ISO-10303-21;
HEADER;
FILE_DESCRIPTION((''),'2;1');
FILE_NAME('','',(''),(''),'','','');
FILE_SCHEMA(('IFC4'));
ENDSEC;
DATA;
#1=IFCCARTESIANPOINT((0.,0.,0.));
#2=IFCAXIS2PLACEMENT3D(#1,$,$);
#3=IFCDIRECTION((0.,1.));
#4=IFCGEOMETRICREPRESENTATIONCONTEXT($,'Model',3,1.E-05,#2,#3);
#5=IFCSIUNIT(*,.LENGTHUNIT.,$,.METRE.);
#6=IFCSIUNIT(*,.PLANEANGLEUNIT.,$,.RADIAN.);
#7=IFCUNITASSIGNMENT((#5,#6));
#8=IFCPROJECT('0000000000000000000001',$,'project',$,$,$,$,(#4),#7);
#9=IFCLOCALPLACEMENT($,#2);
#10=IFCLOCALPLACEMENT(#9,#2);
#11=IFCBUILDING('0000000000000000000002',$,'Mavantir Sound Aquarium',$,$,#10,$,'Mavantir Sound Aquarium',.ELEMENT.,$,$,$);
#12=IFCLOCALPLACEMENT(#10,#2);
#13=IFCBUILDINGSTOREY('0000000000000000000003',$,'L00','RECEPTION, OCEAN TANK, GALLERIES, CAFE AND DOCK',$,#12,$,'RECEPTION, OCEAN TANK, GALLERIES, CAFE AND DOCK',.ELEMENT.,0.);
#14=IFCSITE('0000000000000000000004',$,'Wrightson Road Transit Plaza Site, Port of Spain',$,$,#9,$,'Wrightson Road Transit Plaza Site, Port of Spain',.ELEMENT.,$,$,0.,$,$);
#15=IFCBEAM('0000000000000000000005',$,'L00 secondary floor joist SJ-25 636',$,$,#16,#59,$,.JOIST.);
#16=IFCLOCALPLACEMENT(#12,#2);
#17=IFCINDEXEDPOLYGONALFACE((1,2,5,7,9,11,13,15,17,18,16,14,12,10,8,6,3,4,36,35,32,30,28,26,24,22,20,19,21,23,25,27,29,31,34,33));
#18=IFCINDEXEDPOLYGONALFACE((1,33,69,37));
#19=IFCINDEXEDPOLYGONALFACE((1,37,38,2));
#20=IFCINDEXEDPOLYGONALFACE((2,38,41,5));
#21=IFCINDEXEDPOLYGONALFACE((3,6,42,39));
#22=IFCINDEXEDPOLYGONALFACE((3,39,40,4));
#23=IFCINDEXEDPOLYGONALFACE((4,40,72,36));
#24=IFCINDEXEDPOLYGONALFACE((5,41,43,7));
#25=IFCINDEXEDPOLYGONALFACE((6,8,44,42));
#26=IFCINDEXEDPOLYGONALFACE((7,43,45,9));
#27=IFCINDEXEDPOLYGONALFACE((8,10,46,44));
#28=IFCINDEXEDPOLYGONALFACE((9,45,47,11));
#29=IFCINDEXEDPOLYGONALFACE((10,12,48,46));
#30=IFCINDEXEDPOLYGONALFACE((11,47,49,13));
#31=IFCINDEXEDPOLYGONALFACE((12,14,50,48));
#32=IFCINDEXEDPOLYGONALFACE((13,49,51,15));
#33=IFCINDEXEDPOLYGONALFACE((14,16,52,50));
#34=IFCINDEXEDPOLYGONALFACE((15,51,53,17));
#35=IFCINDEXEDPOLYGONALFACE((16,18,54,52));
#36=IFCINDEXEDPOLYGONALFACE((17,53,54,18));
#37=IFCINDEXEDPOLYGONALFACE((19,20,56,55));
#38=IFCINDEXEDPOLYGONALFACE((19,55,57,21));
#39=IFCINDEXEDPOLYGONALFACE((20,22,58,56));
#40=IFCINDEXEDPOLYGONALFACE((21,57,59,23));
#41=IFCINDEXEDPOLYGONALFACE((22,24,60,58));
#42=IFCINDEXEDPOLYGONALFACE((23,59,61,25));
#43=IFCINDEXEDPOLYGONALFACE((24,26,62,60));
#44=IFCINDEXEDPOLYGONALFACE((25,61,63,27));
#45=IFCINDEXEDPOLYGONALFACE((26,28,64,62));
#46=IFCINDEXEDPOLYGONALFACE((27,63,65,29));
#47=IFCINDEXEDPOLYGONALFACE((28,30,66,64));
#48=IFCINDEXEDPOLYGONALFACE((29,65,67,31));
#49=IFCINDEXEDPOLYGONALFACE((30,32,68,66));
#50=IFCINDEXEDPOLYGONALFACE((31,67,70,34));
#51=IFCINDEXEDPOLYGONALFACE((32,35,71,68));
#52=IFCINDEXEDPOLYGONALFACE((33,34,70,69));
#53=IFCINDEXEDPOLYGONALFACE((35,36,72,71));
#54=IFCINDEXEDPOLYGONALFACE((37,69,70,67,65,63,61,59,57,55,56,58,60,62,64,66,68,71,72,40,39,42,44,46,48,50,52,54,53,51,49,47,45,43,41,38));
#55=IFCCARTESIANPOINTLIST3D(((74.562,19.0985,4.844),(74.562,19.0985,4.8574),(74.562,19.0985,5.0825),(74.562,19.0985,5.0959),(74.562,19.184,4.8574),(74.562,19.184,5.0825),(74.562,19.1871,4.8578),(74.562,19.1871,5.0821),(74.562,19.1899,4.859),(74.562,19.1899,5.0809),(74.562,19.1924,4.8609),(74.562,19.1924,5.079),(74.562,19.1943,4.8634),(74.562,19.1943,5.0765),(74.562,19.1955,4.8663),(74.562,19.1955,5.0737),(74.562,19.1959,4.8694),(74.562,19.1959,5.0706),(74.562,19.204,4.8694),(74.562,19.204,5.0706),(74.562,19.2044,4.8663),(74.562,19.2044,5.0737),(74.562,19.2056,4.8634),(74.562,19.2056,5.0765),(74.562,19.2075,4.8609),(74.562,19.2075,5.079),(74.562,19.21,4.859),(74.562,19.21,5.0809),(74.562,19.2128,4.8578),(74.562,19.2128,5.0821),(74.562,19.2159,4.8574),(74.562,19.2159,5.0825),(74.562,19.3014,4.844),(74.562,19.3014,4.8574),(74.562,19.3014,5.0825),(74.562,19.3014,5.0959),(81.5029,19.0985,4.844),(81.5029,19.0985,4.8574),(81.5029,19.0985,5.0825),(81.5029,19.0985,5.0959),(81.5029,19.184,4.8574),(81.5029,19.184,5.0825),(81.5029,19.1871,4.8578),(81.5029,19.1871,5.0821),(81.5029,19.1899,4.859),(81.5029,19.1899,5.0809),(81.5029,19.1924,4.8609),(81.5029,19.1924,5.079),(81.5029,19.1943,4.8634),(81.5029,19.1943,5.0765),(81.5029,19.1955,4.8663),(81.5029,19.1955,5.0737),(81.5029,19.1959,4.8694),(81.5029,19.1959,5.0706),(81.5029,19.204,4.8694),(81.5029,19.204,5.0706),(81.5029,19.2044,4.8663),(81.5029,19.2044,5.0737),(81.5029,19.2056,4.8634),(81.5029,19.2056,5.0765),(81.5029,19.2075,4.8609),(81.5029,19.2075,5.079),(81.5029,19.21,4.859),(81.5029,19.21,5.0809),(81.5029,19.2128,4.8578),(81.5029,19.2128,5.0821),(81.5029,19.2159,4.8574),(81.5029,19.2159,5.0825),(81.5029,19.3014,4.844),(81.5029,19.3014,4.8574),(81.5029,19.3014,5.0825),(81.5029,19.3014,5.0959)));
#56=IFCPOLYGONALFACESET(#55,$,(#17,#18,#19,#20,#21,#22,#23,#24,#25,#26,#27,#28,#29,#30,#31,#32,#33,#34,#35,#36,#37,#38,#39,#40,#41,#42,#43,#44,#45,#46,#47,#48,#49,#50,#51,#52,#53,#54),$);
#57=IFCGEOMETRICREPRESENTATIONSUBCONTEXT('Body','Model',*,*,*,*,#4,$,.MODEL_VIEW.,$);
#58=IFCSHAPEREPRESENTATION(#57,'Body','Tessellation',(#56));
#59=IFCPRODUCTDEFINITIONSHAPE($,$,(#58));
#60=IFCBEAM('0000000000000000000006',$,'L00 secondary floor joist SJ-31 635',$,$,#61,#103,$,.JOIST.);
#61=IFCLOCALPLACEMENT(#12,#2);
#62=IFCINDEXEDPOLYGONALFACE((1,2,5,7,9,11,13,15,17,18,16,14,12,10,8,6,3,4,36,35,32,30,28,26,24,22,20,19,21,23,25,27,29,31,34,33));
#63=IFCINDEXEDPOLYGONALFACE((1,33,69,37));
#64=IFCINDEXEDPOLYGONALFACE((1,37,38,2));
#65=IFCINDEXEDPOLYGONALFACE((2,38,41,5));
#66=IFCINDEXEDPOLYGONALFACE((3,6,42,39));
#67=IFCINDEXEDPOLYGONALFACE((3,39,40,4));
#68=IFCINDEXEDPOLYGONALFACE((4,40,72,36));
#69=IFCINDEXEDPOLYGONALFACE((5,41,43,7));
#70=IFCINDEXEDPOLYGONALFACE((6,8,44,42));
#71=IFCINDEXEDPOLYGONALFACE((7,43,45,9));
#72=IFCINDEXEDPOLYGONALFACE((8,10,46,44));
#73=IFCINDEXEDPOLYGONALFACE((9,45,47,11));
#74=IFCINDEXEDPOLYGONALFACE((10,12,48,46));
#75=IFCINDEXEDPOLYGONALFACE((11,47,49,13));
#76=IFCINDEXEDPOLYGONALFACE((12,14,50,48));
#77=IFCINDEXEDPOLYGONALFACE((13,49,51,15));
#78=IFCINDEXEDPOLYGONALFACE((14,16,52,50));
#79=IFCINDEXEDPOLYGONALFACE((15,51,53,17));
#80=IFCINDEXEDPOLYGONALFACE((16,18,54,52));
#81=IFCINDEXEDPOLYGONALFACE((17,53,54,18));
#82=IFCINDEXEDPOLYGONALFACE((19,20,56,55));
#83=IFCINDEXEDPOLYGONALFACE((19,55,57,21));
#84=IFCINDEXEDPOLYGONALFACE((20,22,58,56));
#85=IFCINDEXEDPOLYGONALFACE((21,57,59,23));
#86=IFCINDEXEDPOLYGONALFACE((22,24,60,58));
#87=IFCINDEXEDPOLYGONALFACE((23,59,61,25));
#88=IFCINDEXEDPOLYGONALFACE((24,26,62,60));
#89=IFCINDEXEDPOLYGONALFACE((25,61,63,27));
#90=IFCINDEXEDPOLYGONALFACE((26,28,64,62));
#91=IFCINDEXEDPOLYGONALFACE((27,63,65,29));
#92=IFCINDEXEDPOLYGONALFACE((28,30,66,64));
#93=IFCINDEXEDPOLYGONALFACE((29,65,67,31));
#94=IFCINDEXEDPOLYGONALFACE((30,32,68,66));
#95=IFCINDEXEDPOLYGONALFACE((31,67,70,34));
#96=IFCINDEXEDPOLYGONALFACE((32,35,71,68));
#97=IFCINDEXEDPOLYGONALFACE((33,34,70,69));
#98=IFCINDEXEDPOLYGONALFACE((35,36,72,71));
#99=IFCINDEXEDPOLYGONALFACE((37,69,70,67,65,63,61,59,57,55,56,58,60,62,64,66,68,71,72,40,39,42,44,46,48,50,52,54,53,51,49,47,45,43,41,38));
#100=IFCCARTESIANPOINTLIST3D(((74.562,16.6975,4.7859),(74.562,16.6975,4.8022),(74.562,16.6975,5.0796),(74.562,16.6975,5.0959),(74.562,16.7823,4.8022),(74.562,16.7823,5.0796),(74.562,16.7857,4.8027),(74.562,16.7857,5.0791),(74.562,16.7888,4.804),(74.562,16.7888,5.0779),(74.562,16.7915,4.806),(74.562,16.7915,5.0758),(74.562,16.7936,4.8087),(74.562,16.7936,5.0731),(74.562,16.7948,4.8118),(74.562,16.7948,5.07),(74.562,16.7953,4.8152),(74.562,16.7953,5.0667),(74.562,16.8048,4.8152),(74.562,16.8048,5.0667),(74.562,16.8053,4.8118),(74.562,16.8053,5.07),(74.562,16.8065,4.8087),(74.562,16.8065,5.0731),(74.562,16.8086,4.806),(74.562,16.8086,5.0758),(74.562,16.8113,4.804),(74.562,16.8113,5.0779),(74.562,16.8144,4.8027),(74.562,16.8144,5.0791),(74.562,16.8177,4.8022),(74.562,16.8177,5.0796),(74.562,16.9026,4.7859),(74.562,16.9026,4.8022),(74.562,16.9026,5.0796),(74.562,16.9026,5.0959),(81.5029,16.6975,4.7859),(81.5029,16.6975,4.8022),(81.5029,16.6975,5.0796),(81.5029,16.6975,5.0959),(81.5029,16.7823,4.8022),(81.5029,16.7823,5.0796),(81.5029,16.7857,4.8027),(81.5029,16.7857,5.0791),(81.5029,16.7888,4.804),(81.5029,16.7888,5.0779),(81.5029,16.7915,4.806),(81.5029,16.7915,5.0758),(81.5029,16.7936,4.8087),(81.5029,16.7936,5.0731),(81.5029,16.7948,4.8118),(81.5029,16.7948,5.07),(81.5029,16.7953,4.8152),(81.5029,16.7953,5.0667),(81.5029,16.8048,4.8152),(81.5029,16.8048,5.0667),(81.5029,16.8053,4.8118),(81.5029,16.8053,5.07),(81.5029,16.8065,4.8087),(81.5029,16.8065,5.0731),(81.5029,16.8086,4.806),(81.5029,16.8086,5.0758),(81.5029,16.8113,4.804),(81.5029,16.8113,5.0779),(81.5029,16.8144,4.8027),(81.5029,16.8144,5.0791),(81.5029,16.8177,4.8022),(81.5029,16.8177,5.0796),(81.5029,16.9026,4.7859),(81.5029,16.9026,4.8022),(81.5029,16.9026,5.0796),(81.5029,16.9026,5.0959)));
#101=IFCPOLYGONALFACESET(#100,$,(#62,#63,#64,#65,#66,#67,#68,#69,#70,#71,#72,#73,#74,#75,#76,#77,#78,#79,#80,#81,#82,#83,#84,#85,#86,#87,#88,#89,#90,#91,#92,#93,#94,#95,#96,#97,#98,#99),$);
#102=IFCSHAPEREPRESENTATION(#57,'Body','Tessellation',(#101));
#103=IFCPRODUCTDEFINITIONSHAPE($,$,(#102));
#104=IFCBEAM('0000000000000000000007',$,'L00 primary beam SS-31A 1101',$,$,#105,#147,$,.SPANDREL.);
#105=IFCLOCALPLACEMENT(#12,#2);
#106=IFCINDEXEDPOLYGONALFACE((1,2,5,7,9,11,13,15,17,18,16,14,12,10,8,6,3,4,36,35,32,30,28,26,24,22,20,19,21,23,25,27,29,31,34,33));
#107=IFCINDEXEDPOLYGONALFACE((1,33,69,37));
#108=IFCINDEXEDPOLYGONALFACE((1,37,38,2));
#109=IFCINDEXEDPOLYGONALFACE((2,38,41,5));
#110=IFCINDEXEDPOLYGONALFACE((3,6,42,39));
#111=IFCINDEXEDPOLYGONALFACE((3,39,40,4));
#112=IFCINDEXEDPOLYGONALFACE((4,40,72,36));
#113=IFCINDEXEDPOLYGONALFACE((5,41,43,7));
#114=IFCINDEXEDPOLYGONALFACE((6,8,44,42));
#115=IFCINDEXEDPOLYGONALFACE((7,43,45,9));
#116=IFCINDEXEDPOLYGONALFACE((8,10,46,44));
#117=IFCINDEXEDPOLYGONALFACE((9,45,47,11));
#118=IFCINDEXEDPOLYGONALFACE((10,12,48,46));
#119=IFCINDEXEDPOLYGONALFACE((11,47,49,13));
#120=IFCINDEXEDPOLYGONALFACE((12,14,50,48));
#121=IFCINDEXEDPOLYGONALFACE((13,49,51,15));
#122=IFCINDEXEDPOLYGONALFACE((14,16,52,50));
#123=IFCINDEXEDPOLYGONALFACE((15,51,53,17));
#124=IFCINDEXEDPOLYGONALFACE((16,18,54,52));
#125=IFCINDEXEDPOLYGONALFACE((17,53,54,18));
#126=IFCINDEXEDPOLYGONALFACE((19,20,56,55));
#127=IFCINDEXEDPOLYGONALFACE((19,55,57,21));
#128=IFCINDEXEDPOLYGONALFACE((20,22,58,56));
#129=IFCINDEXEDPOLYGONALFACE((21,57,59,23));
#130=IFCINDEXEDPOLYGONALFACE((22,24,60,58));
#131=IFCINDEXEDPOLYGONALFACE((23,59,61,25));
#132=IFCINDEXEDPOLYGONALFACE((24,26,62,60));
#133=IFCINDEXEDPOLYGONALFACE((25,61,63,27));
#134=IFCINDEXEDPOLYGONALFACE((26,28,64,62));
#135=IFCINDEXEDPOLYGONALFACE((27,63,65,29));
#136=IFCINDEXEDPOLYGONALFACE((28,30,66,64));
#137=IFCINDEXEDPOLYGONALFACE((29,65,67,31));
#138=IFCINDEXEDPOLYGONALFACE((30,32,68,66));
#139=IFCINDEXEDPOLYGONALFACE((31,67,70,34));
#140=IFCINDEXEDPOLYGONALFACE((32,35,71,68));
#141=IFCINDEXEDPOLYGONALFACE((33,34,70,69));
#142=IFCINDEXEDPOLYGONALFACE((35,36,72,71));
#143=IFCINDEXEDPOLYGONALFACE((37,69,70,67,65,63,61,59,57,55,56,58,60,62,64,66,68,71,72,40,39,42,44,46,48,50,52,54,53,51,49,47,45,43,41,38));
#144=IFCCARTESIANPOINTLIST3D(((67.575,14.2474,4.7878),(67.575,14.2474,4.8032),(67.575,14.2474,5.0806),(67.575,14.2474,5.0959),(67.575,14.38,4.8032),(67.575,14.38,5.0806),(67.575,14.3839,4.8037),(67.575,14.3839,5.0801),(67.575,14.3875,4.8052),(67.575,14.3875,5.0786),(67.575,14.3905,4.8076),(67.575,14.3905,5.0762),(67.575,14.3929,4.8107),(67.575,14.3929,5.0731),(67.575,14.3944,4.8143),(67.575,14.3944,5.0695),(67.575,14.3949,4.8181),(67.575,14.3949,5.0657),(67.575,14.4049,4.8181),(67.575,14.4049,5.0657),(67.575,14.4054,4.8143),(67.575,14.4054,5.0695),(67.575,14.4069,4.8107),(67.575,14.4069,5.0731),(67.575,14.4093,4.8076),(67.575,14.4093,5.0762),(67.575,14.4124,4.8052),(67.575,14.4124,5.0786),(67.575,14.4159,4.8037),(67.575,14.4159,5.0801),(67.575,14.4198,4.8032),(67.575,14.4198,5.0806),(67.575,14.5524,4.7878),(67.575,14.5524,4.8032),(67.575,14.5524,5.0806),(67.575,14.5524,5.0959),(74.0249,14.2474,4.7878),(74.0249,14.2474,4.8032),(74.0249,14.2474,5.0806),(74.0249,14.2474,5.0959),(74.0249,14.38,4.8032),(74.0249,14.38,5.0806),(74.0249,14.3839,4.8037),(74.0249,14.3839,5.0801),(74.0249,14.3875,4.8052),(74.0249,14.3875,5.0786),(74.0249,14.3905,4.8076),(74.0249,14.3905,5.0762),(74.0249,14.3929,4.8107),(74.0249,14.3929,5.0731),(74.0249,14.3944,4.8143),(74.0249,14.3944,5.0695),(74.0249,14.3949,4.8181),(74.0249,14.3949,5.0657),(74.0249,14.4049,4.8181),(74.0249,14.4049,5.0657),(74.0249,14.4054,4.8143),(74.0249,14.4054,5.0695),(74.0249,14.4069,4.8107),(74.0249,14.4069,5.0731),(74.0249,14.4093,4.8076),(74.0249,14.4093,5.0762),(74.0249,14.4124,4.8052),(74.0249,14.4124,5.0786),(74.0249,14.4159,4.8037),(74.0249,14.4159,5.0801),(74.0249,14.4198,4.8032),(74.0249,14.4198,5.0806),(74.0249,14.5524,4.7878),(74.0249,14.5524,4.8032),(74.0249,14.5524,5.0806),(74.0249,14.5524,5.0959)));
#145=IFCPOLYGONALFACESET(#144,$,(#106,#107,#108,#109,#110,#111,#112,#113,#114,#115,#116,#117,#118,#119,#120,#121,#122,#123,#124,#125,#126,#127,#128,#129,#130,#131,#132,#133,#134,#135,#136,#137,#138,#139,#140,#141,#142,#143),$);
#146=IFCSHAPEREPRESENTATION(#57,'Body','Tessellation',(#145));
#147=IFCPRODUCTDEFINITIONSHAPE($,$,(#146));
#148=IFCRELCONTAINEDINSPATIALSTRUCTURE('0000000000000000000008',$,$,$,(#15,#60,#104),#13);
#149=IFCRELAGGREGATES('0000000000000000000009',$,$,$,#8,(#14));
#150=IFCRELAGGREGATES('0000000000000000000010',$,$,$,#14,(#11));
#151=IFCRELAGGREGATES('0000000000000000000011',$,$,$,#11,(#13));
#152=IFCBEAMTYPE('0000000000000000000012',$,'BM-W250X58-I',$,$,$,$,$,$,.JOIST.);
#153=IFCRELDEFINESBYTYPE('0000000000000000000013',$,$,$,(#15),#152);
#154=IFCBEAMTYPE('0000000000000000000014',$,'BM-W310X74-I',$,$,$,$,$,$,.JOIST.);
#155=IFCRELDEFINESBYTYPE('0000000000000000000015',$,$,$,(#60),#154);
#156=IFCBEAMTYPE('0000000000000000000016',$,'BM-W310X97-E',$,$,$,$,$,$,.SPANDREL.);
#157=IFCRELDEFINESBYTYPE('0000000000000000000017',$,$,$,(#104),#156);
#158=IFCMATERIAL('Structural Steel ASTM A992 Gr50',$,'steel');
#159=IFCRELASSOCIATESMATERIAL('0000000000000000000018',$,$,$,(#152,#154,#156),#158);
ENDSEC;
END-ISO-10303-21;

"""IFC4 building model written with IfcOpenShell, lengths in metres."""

from ifc_helpers import new_model, si_unit, direction, frame, origin, origin_2d, place, context, subcontext, project, spatial, i_section, extrude, material, material_profile, profile_set, type_object, element, save


model = new_model("IFC4")

# Units and contexts
model_context = context("Model", 3, precision=1e-05, world=origin(), true_north=direction((0.0, 1.0)))
body_context = subcontext(model_context, "Body", "Model", "MODEL_VIEW")
ifc_project = project(units=[si_unit("LENGTHUNIT", "METRE"), si_unit("PLANEANGLEUNIT", "RADIAN")], contexts=[model_context])

# Site, building, storey
site_placement = place(None, origin())
site = spatial("IfcSite", under=ifc_project, at=site_placement, Name="Wrightson Road Transit Plaza Site, Port of Spain", LongName="Wrightson Road Transit Plaza Site, Port of Spain", CompositionType="ELEMENT", RefElevation=0.0)
building_placement = place(site_placement, origin())
building = spatial("IfcBuilding", under=site, at=building_placement, Name="Mavantir Sound Aquarium", LongName="Mavantir Sound Aquarium", CompositionType="ELEMENT")
storey_placement = place(building_placement, origin())
storey = spatial("IfcBuildingStorey", under=building, at=storey_placement, Name="L00", Description="RECEPTION, OCEAN TANK, GALLERIES, CAFE AND DOCK", LongName="RECEPTION, OCEAN TANK, GALLERIES, CAFE AND DOCK", CompositionType="ELEMENT", Elevation=0.0)

# Beams
ifc_material_1 = material(Name="Structural Steel ASTM A992 Gr50", Category="steel")
ifc_material_profile_1 = material_profile(ifc_material_1, i_section(OverallWidth=0.2029, OverallDepth=0.252, WebThickness=0.0081, FlangeThickness=0.0134, FilletRadius=0.012, at=origin_2d()), Name="W250X58")
ifc_profile_set_1 = profile_set([ifc_material_profile_1], Name="Structural Steel ASTM A992 Gr50")
beam_type_1 = type_object("IfcBeamType", Name="BM-W250X58-I", PredefinedType="JOIST", material=ifc_profile_set_1)
beam_1_placement = place(storey_placement, frame((74.562, 19.2, 4.97), z_axis=(1.0, 0.0, 0.0), x_axis=(0.0, 1.0, 0.0)))
element("IfcBeam", 1, at=beam_1_placement, inside=storey, type_object=beam_type_1, Name="L00 secondary floor joist SJ-25 636", PredefinedType="JOIST", context=body_context, shape_type="SweptSolid", body=[
    extrude(i_section(OverallWidth=0.2029, OverallDepth=0.252, WebThickness=0.0081, FlangeThickness=0.0134, FilletRadius=0.012, at=origin_2d()), origin(), (0.0, 0.0, 1.0), 6.9409),
])
ifc_material_profile_2 = material_profile(ifc_material_1, i_section(OverallWidth=0.2051, OverallDepth=0.3101, WebThickness=0.0095, FlangeThickness=0.0164, FilletRadius=0.0129, at=origin_2d()), Name="W310X74")
ifc_profile_set_2 = profile_set([ifc_material_profile_2], Name="Structural Steel ASTM A992 Gr50")
beam_type_2 = type_object("IfcBeamType", Name="BM-W310X74-I", PredefinedType="JOIST", material=ifc_profile_set_2)
beam_2_placement = place(storey_placement, frame((74.562, 16.8, 4.9409), z_axis=(1.0, 0.0, 0.0), x_axis=(0.0, 1.0, 0.0)))
element("IfcBeam", 2, at=beam_2_placement, inside=storey, type_object=beam_type_2, Name="L00 secondary floor joist SJ-31 635", PredefinedType="JOIST", context=body_context, shape_type="SweptSolid", body=[
    extrude(i_section(OverallWidth=0.2051, OverallDepth=0.3101, WebThickness=0.0095, FlangeThickness=0.0164, FilletRadius=0.0129, at=origin_2d()), origin(), (0.0, 0.0, 1.0), 6.9409),
])
ifc_material_profile_3 = material_profile(ifc_material_1, i_section(OverallWidth=0.3049, OverallDepth=0.3081, WebThickness=0.01, FlangeThickness=0.0154, FilletRadius=0.0149, at=origin_2d()), Name="W310X97")
ifc_profile_set_3 = profile_set([ifc_material_profile_3], Name="Structural Steel ASTM A992 Gr50")
beam_type_3 = type_object("IfcBeamType", Name="BM-W310X97-E", PredefinedType="SPANDREL", material=ifc_profile_set_3)
beam_3_placement = place(storey_placement, frame((67.575, 14.3999, 4.9419), z_axis=(1.0, 0.0, 0.0), x_axis=(0.0, 1.0, 0.0)))
element("IfcBeam", 3, at=beam_3_placement, inside=storey, type_object=beam_type_3, Name="L00 primary beam SS-31A 1101", PredefinedType="SPANDREL", context=body_context, shape_type="SweptSolid", body=[
    extrude(i_section(OverallWidth=0.3049, OverallDepth=0.3081, WebThickness=0.01, FlangeThickness=0.0154, FilletRadius=0.0149, at=origin_2d()), origin(), (0.0, 0.0, 1.0), 6.45),
])

save(model, "model.ifc")
